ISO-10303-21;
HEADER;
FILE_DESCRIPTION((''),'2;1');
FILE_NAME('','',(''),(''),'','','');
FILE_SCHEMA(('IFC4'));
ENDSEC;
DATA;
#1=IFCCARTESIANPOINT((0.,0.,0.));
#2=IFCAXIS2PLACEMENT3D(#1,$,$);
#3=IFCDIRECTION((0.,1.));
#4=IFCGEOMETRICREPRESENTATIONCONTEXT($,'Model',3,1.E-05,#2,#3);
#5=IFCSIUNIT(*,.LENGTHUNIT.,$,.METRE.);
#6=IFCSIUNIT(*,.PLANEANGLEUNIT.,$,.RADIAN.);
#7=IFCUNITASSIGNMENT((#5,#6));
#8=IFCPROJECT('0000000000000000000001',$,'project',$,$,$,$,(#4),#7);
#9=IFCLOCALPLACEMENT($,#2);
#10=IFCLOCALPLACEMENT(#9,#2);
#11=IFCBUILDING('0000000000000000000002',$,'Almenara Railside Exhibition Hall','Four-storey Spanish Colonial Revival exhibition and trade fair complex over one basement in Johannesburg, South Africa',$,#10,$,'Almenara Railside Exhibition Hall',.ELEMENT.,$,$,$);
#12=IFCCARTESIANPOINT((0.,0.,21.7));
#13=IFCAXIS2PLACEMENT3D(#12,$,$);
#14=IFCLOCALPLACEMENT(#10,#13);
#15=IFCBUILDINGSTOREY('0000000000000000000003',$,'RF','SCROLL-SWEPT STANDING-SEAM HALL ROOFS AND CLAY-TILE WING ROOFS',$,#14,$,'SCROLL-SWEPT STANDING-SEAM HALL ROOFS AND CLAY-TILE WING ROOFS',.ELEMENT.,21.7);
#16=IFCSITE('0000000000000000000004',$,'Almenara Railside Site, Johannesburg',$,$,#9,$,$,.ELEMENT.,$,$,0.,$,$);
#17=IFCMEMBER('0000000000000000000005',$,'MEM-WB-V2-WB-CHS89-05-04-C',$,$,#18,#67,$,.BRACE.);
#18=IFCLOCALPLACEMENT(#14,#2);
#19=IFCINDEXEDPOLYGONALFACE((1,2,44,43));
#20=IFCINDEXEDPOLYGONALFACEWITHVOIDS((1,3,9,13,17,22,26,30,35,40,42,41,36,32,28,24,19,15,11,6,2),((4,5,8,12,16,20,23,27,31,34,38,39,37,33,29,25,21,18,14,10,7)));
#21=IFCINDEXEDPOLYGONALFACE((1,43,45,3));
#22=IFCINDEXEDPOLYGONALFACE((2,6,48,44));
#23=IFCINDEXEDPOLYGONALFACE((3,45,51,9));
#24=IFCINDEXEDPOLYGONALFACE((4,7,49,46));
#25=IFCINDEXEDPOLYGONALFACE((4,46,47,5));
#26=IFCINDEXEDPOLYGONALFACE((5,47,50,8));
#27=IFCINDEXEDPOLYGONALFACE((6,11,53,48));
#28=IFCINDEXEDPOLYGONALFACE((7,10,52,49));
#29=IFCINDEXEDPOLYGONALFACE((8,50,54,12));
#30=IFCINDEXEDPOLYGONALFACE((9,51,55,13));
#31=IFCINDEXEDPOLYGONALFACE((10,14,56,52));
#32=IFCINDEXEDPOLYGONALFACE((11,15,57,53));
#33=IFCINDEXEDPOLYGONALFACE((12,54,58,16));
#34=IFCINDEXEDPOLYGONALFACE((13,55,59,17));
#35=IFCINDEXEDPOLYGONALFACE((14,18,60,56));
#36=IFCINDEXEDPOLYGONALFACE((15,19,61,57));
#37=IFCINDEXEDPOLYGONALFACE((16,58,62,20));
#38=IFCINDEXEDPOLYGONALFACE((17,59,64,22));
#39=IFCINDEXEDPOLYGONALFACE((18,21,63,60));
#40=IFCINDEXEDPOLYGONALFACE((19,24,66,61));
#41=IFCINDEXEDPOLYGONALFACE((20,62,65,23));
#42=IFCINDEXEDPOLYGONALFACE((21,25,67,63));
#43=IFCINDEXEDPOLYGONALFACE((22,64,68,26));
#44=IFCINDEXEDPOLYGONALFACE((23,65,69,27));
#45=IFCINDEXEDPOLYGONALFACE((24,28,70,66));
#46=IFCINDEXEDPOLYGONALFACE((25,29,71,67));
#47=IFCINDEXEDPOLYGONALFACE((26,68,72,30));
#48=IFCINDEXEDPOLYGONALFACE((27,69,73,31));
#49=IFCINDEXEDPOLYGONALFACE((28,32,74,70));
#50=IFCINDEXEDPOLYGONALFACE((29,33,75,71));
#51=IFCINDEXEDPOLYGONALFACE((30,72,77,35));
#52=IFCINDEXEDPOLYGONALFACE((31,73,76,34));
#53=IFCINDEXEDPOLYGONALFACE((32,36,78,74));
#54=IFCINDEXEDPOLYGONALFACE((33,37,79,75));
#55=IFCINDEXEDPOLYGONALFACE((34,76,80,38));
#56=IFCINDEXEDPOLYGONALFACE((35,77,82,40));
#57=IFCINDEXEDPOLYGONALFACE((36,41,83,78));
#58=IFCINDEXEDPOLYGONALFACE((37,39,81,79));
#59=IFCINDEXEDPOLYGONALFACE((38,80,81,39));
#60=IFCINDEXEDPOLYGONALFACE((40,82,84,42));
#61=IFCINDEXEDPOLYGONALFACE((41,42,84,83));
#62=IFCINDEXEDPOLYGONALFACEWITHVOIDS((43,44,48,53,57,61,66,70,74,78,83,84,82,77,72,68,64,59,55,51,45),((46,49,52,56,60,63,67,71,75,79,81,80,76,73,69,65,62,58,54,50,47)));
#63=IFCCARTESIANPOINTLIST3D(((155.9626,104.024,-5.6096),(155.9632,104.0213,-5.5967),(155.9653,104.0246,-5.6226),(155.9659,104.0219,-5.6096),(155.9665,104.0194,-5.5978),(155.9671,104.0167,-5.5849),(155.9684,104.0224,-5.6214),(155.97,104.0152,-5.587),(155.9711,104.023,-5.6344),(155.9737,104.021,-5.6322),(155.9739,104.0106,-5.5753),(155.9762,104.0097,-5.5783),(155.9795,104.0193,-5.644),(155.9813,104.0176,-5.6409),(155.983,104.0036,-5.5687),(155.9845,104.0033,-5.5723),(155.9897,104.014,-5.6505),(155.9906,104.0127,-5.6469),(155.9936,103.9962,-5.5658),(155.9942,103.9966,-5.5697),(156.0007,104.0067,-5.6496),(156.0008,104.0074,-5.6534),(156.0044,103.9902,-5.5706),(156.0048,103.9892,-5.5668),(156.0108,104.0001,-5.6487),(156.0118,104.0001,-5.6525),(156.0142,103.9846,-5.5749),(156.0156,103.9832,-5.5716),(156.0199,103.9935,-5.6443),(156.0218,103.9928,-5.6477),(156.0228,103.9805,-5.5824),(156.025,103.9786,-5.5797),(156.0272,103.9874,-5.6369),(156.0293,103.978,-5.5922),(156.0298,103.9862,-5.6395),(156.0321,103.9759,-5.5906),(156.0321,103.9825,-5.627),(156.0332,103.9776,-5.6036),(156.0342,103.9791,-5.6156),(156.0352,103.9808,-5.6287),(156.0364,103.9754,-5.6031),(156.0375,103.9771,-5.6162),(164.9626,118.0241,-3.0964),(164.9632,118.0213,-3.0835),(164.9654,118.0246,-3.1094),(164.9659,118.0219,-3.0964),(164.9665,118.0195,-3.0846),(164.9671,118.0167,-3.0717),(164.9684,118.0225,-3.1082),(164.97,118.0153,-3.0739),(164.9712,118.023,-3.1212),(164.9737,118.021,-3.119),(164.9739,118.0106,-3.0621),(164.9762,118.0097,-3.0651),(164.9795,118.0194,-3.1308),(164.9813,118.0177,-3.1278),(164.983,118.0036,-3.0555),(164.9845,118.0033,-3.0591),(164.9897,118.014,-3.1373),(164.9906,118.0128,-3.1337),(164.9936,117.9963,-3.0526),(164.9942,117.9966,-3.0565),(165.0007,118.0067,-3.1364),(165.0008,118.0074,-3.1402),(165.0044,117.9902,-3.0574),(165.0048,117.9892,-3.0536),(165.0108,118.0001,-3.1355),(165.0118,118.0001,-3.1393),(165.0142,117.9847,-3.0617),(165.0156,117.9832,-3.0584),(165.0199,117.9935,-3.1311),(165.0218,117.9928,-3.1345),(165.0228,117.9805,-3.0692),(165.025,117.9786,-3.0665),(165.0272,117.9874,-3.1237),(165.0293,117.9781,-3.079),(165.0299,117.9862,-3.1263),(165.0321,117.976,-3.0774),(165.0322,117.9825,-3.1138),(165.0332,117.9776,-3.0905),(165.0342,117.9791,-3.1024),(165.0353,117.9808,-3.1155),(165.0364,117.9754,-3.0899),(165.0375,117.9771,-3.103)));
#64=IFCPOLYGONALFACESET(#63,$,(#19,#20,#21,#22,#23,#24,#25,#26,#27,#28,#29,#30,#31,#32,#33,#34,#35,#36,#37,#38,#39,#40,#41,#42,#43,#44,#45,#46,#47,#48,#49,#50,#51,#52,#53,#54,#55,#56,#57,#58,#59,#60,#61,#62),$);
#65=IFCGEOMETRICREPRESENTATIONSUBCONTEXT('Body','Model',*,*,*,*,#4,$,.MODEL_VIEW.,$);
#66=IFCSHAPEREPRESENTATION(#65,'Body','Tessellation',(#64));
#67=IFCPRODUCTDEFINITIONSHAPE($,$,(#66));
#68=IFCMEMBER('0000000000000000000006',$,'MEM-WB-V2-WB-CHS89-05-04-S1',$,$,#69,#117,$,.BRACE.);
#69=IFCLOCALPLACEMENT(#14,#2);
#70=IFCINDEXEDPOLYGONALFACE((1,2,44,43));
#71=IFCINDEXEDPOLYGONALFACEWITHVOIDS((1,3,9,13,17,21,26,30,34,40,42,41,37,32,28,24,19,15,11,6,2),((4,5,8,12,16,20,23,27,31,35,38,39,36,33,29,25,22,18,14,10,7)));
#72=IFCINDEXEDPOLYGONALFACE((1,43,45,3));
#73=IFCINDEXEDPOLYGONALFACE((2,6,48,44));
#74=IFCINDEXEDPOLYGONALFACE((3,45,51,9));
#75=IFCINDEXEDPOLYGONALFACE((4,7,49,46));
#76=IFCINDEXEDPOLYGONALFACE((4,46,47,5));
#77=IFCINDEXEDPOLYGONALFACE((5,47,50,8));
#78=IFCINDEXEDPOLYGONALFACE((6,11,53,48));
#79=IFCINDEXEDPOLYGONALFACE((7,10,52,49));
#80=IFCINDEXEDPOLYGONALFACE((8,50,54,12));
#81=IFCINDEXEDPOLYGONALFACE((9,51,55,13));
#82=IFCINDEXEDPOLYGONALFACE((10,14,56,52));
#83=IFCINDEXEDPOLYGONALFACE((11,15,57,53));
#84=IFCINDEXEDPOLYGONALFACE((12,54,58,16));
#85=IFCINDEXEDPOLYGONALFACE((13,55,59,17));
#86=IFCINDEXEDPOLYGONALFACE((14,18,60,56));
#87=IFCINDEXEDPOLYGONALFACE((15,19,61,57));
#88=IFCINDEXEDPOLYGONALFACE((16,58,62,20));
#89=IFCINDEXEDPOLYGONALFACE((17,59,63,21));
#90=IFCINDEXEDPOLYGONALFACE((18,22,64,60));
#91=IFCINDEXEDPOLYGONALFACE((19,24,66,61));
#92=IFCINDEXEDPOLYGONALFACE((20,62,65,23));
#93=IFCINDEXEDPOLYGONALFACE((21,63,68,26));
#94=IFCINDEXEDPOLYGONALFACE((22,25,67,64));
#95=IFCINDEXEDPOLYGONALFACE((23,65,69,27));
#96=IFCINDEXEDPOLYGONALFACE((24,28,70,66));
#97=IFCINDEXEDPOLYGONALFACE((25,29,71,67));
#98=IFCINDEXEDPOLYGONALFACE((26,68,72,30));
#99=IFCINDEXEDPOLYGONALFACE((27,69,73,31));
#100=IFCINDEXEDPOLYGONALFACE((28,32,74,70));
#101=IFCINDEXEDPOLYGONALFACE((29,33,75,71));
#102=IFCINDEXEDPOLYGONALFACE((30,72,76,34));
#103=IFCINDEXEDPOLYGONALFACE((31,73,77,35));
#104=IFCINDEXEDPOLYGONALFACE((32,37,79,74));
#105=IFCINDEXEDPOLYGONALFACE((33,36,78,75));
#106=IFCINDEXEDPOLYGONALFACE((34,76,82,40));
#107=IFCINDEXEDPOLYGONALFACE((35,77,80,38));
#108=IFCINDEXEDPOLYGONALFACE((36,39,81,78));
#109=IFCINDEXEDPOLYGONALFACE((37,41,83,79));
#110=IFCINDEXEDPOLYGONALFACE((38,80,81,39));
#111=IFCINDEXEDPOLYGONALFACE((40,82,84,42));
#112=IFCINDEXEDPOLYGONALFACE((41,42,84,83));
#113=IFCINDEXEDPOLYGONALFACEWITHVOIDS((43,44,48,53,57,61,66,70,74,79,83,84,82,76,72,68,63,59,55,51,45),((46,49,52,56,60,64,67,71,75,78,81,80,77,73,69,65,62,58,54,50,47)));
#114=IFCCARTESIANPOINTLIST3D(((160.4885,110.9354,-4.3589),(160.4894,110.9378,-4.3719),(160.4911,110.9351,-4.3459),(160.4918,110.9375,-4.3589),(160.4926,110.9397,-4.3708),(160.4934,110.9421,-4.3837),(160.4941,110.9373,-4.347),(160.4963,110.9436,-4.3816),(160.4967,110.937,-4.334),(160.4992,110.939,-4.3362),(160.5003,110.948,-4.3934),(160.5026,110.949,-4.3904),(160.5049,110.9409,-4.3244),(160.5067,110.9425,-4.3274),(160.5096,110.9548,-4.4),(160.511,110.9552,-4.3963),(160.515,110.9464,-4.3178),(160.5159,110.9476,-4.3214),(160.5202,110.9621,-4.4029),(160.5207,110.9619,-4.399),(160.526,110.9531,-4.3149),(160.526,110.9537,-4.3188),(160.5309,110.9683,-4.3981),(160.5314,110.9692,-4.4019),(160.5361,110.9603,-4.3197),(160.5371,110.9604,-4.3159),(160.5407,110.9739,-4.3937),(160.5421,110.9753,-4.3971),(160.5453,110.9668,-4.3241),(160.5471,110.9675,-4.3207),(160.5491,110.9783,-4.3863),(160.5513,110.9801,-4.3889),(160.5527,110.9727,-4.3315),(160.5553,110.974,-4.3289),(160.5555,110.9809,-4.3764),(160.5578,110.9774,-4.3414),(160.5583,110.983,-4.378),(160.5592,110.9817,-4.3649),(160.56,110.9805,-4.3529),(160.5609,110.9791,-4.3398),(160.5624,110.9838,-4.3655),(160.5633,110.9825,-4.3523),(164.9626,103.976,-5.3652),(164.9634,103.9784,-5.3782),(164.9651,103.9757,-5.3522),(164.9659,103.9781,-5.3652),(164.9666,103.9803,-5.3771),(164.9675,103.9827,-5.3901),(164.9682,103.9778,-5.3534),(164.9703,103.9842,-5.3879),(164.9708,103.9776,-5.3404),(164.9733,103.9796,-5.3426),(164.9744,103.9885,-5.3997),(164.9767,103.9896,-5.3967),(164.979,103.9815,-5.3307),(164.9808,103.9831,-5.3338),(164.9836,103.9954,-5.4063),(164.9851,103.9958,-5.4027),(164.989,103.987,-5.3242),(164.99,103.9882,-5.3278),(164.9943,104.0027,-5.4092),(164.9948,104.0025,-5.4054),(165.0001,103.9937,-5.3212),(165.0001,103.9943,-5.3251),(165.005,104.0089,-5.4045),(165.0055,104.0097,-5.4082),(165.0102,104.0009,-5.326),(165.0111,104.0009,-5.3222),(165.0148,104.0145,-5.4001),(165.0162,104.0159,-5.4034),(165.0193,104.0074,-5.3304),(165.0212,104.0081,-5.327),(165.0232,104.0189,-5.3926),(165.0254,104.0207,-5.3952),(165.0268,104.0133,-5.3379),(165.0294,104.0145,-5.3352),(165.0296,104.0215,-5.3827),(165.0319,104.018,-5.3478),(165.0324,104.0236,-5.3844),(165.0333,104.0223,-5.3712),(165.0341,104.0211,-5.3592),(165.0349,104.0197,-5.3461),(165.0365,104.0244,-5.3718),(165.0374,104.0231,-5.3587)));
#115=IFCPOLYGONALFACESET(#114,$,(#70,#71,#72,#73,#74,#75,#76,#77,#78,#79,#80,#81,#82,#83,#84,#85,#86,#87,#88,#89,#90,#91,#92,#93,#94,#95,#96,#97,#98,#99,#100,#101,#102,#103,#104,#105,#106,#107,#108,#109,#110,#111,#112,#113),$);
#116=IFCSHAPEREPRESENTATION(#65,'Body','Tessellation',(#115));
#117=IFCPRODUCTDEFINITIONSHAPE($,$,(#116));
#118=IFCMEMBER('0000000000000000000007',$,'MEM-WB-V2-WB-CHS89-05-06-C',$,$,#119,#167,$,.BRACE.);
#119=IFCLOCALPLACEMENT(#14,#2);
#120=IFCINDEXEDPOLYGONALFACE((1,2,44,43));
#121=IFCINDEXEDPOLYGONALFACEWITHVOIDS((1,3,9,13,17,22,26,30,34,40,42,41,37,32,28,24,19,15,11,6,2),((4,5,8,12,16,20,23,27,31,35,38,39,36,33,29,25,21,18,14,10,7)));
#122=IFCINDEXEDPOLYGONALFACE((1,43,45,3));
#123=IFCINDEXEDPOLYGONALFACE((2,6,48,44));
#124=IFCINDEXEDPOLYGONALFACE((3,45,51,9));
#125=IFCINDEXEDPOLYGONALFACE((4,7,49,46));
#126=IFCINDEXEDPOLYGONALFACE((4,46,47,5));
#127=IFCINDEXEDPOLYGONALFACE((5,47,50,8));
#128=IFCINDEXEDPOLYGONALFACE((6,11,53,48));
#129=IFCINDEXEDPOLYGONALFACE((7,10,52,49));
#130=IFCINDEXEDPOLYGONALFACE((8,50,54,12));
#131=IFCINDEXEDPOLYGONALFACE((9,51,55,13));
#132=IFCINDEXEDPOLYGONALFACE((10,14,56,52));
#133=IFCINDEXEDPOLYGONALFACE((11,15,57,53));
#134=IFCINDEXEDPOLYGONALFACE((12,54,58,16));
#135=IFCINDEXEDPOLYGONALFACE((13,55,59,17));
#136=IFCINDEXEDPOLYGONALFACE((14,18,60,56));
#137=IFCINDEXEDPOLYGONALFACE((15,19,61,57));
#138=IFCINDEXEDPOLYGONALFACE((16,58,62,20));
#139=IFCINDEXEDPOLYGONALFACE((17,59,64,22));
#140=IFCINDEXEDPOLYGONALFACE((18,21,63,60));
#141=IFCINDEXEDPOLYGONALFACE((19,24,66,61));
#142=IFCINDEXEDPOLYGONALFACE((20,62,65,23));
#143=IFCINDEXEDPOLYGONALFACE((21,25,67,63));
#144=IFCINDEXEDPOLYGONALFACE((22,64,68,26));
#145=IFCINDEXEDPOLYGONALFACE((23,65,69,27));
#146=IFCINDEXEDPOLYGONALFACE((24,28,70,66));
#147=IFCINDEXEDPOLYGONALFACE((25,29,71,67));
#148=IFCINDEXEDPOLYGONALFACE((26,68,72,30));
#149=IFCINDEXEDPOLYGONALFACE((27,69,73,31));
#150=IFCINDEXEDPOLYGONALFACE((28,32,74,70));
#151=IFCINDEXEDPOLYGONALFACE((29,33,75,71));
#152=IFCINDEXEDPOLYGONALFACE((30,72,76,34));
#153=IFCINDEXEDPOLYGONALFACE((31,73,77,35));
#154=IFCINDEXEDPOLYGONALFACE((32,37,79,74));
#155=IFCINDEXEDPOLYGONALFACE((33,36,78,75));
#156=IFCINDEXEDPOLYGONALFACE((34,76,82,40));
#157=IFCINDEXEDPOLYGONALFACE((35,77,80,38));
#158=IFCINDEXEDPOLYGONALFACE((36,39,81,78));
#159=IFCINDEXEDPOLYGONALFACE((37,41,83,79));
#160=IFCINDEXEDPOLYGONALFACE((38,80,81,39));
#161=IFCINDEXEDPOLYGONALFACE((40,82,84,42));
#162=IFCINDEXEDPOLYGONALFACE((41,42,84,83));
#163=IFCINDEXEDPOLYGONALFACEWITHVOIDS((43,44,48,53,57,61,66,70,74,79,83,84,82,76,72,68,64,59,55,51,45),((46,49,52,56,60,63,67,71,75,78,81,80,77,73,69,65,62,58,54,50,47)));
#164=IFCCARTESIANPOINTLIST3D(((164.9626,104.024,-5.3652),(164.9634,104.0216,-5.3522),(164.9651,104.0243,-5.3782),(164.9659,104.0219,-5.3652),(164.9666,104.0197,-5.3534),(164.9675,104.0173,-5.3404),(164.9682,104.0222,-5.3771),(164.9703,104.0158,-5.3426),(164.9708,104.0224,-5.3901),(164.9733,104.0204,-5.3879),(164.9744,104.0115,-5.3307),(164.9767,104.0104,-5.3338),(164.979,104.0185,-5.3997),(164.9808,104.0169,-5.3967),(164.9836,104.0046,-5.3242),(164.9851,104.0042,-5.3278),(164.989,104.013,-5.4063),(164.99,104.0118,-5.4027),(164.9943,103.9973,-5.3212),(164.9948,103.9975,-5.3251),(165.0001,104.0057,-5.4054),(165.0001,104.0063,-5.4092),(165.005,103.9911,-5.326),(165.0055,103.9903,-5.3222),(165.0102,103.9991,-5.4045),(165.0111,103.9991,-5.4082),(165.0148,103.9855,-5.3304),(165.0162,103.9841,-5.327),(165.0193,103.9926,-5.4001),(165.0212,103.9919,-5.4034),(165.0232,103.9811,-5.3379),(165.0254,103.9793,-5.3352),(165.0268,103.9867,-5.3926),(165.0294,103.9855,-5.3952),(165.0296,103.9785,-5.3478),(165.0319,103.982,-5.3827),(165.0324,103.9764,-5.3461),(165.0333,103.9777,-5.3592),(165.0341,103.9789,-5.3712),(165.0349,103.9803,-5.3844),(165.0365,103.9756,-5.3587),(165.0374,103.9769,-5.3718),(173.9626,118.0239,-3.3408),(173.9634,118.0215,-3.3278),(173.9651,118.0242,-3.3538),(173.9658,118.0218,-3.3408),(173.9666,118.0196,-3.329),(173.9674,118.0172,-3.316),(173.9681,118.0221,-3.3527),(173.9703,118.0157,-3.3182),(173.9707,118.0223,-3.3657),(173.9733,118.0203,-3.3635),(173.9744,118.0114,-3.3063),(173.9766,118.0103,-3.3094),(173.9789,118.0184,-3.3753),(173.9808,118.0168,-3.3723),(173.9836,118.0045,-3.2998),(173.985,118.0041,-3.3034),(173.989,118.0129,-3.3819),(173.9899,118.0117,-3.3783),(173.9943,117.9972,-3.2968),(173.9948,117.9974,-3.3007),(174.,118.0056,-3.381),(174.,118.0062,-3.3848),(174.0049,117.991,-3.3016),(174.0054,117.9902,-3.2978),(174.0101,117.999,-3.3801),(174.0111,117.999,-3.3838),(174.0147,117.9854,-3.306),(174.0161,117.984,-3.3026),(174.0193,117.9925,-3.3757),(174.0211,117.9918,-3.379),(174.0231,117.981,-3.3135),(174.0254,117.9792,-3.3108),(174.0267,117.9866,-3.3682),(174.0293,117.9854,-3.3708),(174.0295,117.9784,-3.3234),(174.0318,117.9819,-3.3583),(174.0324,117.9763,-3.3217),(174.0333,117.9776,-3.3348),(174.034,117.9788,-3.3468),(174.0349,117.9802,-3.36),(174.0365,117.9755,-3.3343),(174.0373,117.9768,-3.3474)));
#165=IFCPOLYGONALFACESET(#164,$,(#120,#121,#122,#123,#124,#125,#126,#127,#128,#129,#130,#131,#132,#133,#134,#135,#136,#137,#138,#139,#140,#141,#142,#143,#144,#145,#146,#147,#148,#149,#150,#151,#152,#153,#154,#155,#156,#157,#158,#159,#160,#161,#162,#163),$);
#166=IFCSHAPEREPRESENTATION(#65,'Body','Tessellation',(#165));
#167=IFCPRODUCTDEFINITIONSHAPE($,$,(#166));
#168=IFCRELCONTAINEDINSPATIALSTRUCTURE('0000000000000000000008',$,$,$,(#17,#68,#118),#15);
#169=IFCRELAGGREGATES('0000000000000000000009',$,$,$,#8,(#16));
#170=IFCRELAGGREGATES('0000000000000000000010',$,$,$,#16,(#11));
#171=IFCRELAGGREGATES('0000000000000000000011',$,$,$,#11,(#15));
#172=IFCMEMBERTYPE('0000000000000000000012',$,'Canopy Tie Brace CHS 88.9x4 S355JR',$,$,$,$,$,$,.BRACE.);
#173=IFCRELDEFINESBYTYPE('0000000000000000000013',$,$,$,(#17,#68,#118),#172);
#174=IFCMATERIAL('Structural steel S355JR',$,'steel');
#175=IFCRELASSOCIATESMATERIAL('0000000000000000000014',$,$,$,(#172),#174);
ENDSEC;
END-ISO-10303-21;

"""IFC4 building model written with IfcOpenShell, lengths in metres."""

from ifc_helpers import new_model, si_unit, direction, frame, origin, origin_2d, place, context, subcontext, project, spatial, hollow_circle, extrude, material, material_profile, profile_set, type_object, element, save


model = new_model("IFC4")

# Units and contexts
model_context = context("Model", 3, precision=1e-05, world=origin(), true_north=direction((0.0, 1.0)))
body_context = subcontext(model_context, "Body", "Model", "MODEL_VIEW")
ifc_project = project(units=[si_unit("LENGTHUNIT", "METRE"), si_unit("PLANEANGLEUNIT", "RADIAN")], contexts=[model_context])

# Site, building, storey
site_placement = place(None, origin())
site = spatial("IfcSite", under=ifc_project, at=site_placement, Name="Almenara Railside Site, Johannesburg", CompositionType="ELEMENT", RefElevation=0.0)
building_placement = place(site_placement, origin())
building = spatial("IfcBuilding", under=site, at=building_placement, Name="Almenara Railside Exhibition Hall", Description="Four-storey Spanish Colonial Revival exhibition and trade fair complex over one basement in Johannesburg, South Africa", LongName="Almenara Railside Exhibition Hall", CompositionType="ELEMENT")
storey_placement = place(building_placement, frame((0.0, 0.0, 21.7)))
storey = spatial("IfcBuildingStorey", under=building, at=storey_placement, Name="RF", Description="SCROLL-SWEPT STANDING-SEAM HALL ROOFS AND CLAY-TILE WING ROOFS", LongName="SCROLL-SWEPT STANDING-SEAM HALL ROOFS AND CLAY-TILE WING ROOFS", CompositionType="ELEMENT", Elevation=21.7)

# Members
ifc_material_1 = material(Name="Structural steel S355JR", Category="steel")
ifc_material_profile_1 = material_profile(ifc_material_1, hollow_circle(Radius=0.0444, WallThickness=0.0039, at=origin_2d()), Name="CHS 88.9x4")
ifc_profile_set_1 = profile_set([ifc_material_profile_1], Name="Structural steel S355JR")
member_type_1 = type_object("IfcMemberType", Name="Canopy Tie Brace CHS 88.9x4 S355JR", PredefinedType="BRACE", material=ifc_profile_set_1)
member_1_placement = place(storey_placement, frame((156.0, 104.0, -5.6096), z_axis=(0.534696, 0.831749, 0.14931), x_axis=(-0.841178, 0.540758, 0.0)))
element("IfcMember", 1, at=member_1_placement, inside=storey, type_object=member_type_1, Name="MEM-WB-V2-WB-CHS89-05-04-C", PredefinedType="BRACE", context=body_context, shape_type="SweptSolid", body=[
    extrude(hollow_circle(Radius=0.0444, WallThickness=0.0039, at=origin_2d()), origin(), (0.0, 0.0, 1.0), 16.832),
])
member_2_placement = place(storey_placement, frame((165.0, 104.0, -5.3652), z_axis=(-0.536816, 0.835015, 0.120744), x_axis=(-0.841169, -0.540773, 0.0)))
element("IfcMember", 2, at=member_2_placement, inside=storey, type_object=member_type_1, Name="MEM-WB-V2-WB-CHS89-05-04-S1", PredefinedType="BRACE", context=body_context, shape_type="SweptSolid", body=[
    extrude(hollow_circle(Radius=0.0444, WallThickness=0.0039, at=origin_2d()), origin(), (0.0, 0.0, 1.0), 8.3345),
])
member_3_placement = place(storey_placement, frame((165.0, 104.0, -5.3652), z_axis=(0.536801, 0.835024, 0.120745), x_axis=(-0.841178, 0.540758, 0.0)))
element("IfcMember", 3, at=member_3_placement, inside=storey, type_object=member_type_1, Name="MEM-WB-V2-WB-CHS89-05-06-C", PredefinedType="BRACE", context=body_context, shape_type="SweptSolid", body=[
    extrude(hollow_circle(Radius=0.0444, WallThickness=0.0039, at=origin_2d()), origin(), (0.0, 0.0, 1.0), 16.7659),
])

save(model, "model.ifc")
